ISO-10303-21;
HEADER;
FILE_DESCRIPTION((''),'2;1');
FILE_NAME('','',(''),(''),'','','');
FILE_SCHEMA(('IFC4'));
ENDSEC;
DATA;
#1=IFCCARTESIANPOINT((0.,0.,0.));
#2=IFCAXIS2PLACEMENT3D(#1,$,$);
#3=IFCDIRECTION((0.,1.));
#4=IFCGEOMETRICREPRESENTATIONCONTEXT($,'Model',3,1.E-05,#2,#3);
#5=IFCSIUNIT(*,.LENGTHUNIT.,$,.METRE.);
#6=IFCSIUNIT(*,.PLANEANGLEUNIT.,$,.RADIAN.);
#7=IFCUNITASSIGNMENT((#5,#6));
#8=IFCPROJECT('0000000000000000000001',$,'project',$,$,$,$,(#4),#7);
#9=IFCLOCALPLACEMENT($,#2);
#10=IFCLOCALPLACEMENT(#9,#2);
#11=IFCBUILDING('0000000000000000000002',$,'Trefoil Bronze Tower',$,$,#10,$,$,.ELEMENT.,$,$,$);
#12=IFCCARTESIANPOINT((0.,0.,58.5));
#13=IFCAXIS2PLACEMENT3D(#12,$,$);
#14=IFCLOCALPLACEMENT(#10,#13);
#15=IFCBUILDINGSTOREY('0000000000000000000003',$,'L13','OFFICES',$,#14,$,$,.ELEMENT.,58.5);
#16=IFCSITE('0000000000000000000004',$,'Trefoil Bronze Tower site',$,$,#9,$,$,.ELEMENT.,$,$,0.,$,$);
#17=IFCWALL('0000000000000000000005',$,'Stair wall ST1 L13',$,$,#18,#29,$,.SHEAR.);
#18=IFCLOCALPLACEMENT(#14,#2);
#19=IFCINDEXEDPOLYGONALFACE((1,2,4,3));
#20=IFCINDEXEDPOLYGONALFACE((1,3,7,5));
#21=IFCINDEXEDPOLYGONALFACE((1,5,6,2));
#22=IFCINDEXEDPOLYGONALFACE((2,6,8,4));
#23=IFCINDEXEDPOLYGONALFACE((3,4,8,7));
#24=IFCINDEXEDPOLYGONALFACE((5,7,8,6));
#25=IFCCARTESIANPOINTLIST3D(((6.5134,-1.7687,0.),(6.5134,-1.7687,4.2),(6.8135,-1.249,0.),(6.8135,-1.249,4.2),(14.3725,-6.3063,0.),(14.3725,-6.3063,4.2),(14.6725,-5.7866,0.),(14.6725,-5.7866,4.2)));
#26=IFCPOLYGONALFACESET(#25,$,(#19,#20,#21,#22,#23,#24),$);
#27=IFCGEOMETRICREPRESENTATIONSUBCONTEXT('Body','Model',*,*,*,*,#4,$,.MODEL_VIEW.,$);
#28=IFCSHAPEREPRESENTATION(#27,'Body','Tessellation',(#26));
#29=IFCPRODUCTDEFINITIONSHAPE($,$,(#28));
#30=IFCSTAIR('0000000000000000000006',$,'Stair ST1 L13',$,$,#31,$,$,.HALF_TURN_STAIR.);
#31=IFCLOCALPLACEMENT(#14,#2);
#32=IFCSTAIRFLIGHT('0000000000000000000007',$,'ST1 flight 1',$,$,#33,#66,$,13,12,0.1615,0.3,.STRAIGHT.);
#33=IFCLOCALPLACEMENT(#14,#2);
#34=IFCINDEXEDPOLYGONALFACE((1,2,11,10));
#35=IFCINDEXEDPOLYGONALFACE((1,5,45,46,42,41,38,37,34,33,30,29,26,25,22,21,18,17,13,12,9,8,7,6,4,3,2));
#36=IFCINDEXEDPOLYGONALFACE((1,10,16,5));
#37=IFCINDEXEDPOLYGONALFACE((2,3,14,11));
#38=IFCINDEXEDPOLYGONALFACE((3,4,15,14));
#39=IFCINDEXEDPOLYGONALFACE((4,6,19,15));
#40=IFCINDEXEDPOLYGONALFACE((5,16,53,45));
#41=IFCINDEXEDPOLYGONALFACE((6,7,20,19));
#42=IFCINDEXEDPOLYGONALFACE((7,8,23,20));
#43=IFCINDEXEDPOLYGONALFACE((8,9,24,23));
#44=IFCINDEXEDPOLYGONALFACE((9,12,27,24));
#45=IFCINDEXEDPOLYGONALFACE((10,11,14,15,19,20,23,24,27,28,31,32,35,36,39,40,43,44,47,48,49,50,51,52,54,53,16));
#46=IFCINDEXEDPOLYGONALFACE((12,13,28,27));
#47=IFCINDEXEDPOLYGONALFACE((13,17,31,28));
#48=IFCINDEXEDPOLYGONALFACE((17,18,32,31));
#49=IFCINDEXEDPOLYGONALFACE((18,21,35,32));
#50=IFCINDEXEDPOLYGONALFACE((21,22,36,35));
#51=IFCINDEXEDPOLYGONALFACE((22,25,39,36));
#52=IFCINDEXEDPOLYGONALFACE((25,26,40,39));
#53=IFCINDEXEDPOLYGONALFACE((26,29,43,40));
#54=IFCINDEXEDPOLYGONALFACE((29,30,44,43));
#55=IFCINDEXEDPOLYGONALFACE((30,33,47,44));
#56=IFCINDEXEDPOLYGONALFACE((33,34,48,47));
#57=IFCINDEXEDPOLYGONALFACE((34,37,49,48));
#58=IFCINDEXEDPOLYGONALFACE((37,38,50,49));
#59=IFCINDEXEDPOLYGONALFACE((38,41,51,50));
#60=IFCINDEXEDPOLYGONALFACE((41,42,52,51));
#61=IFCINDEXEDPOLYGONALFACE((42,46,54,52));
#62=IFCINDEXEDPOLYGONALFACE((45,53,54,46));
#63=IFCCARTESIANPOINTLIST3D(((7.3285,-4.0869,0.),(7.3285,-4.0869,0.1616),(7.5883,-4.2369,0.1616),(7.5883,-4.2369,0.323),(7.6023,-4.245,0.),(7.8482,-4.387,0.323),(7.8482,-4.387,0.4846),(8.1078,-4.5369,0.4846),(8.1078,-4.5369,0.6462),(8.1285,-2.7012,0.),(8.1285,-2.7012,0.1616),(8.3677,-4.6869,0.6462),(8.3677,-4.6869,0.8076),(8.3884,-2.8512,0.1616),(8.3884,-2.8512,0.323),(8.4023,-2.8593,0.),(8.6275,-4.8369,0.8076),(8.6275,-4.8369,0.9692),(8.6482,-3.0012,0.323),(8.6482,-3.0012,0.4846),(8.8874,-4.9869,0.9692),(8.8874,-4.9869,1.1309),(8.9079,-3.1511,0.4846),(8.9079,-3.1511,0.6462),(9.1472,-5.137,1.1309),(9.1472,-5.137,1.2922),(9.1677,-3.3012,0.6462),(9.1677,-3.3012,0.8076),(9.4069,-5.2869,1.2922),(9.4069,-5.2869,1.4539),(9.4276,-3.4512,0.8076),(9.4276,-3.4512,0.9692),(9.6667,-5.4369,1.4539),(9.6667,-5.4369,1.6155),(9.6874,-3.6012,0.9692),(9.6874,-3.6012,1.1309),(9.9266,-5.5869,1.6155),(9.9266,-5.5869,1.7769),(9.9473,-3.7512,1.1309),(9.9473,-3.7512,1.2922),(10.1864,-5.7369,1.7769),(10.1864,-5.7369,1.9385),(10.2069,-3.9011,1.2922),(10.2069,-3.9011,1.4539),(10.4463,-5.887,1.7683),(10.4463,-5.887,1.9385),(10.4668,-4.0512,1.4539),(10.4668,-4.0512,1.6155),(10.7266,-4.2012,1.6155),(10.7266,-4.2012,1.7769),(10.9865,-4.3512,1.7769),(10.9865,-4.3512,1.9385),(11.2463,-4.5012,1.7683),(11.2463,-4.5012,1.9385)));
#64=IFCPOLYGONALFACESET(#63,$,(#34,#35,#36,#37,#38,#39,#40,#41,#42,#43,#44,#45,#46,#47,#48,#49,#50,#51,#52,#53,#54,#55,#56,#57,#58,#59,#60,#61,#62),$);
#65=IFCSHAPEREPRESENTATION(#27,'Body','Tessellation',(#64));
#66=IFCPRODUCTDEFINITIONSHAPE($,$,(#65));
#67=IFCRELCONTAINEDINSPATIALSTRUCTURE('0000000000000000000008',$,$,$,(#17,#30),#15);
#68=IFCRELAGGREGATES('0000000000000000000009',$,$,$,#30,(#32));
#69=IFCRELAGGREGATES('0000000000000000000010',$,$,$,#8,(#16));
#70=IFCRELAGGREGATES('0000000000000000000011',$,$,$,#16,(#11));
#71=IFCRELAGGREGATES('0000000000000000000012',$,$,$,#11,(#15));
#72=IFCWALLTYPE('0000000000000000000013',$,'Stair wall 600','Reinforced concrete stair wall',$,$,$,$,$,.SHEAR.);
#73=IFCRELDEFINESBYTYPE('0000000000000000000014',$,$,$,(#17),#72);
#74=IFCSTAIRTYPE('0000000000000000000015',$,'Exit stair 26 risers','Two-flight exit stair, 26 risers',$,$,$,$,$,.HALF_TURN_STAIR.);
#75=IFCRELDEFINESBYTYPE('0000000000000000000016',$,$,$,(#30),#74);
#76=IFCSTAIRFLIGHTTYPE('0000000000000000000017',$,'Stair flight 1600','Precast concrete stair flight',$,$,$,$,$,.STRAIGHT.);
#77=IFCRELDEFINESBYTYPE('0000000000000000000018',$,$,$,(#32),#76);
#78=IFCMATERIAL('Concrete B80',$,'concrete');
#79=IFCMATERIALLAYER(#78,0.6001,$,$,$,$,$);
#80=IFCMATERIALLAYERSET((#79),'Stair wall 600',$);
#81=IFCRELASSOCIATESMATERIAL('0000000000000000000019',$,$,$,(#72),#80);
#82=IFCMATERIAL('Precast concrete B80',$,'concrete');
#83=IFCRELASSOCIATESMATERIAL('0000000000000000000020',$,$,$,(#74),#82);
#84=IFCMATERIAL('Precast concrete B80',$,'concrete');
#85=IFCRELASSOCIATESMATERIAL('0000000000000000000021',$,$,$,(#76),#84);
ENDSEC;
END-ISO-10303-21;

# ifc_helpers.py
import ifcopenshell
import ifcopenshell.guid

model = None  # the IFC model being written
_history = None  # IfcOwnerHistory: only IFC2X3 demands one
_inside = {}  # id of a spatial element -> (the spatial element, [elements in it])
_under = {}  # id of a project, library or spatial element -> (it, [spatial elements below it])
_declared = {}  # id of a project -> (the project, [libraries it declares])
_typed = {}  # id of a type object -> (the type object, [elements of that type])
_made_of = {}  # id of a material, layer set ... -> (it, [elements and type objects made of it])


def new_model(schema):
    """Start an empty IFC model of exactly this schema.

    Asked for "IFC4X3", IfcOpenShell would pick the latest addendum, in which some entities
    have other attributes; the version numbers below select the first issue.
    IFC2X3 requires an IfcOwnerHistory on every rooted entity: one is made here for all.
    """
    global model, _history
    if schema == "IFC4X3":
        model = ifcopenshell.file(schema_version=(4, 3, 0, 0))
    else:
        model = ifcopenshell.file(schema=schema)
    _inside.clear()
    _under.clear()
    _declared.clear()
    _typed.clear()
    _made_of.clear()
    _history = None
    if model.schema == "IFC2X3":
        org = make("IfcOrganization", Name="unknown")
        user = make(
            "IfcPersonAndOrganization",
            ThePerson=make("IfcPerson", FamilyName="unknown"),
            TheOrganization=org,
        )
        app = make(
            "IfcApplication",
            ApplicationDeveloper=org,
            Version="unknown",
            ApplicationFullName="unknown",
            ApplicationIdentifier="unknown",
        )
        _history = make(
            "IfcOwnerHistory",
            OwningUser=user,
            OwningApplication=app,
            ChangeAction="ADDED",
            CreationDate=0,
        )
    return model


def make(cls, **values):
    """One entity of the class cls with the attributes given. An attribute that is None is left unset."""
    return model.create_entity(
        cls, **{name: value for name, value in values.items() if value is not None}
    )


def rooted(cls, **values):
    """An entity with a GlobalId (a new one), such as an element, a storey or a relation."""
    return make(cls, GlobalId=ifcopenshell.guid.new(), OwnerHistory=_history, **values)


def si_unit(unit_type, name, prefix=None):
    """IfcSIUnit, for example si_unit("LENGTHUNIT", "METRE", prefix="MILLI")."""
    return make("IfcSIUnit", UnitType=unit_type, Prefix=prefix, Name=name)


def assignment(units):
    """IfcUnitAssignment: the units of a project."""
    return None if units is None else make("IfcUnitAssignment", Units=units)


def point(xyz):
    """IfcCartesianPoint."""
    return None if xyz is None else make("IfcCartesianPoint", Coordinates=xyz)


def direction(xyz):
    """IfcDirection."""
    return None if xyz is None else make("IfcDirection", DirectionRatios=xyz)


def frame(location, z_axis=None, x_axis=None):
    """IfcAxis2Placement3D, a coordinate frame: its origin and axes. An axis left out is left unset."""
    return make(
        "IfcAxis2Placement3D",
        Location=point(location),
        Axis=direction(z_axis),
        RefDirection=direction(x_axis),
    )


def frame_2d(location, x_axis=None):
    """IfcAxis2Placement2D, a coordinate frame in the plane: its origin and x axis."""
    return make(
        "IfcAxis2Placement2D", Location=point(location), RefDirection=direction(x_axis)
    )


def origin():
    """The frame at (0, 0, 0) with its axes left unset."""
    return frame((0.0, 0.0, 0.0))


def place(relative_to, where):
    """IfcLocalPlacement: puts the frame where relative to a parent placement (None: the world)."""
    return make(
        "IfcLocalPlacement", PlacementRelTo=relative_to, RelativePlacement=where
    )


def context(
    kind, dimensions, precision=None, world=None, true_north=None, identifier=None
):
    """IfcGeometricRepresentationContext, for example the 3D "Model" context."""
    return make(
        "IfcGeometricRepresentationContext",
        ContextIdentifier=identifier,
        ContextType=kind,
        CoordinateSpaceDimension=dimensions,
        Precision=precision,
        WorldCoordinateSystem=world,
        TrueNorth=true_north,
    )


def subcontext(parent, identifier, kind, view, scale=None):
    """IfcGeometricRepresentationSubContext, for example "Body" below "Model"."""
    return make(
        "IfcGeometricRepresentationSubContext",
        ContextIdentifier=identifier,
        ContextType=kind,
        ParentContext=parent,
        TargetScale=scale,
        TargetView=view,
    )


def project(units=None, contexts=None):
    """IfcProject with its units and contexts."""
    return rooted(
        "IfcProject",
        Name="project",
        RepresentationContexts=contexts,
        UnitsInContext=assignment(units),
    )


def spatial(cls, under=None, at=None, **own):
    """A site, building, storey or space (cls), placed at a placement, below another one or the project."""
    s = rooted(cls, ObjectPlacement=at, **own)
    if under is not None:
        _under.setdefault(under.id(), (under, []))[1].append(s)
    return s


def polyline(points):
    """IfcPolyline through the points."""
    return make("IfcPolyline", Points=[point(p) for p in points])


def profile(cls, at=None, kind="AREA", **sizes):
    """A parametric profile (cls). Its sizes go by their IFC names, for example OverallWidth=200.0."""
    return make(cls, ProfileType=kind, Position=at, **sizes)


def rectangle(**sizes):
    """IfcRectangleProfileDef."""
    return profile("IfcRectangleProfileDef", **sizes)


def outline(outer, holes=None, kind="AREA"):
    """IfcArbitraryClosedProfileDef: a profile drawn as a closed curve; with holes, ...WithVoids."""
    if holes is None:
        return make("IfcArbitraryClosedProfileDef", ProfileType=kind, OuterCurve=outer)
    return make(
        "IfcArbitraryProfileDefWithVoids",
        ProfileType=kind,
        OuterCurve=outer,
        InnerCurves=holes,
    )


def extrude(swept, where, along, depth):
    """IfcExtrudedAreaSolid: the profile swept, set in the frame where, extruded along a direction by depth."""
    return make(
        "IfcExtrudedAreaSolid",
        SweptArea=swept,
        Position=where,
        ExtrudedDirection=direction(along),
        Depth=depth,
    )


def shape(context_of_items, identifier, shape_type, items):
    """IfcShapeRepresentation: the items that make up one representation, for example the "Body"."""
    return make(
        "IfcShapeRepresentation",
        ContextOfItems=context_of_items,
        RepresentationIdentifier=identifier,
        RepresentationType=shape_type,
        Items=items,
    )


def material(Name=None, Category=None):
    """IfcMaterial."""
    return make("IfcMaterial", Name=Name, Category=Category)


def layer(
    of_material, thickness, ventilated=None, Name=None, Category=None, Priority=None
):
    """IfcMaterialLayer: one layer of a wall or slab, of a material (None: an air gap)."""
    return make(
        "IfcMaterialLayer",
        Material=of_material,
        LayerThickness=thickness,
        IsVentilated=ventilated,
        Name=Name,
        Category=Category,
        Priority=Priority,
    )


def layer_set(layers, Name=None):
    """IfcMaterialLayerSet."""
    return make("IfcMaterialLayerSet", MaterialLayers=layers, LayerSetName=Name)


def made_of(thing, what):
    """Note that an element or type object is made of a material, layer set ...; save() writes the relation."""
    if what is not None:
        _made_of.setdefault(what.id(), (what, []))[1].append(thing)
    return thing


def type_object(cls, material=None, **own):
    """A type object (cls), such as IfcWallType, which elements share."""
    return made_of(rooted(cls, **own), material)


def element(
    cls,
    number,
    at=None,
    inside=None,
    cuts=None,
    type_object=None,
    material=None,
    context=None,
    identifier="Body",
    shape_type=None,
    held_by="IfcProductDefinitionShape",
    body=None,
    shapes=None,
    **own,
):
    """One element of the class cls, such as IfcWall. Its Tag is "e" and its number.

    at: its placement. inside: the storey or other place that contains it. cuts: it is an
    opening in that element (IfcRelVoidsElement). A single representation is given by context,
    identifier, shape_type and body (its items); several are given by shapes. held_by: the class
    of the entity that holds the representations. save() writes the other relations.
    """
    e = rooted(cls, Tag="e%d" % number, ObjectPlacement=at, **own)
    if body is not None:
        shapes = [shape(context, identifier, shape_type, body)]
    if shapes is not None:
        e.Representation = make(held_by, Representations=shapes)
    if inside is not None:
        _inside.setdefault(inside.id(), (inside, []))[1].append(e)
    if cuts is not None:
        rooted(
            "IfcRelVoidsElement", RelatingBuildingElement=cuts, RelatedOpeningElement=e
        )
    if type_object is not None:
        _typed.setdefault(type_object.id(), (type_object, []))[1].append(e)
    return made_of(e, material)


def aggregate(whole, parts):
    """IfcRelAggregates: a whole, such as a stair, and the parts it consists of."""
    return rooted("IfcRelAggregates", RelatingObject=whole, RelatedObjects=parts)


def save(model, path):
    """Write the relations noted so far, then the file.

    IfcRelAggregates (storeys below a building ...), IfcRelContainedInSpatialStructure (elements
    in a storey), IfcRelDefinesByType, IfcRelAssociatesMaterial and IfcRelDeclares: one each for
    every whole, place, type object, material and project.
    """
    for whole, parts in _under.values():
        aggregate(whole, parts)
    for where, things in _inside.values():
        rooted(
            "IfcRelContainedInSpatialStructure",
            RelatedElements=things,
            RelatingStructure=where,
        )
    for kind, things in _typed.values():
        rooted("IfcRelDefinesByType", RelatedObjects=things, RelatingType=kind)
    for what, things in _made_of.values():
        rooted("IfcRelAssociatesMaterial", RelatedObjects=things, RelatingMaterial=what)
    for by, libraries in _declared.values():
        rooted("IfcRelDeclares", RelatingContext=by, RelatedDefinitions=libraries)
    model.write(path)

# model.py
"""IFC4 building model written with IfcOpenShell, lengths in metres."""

from ifc_helpers import new_model, si_unit, direction, frame, frame_2d, origin, place, context, subcontext, project, spatial, polyline, rectangle, outline, extrude, material, layer, layer_set, type_object, element, aggregate, save


model = new_model("IFC4")

# Units and contexts
model_context = context("Model", 3, precision=1e-05, world=origin(), true_north=direction((0.0, 1.0)))
body_context = subcontext(model_context, "Body", "Model", "MODEL_VIEW")
ifc_project = project(units=[si_unit("LENGTHUNIT", "METRE"), si_unit("PLANEANGLEUNIT", "RADIAN")], contexts=[model_context])

# Site, building, storey
site_placement = place(None, origin())
site = spatial("IfcSite", under=ifc_project, at=site_placement, Name="Trefoil Bronze Tower site", CompositionType="ELEMENT", RefElevation=0.0)
building_placement = place(site_placement, origin())
building = spatial("IfcBuilding", under=site, at=building_placement, Name="Trefoil Bronze Tower", CompositionType="ELEMENT")
storey_placement = place(building_placement, frame((0.0, 0.0, 58.5)))
storey = spatial("IfcBuildingStorey", under=building, at=storey_placement, Name="L13", Description="OFFICES", CompositionType="ELEMENT", Elevation=58.5)

# Wall
ifc_material_1 = material(Name="Concrete B80", Category="concrete")
ifc_layer_1 = layer(ifc_material_1, 0.6001)
ifc_layer_set_1 = layer_set([ifc_layer_1], Name="Stair wall 600")
wall_type_1 = type_object("IfcWallType", Name="Stair wall 600", Description="Reinforced concrete stair wall", PredefinedType="SHEAR", material=ifc_layer_set_1)
for number, where, z_axis, x_axis, name in (
    (1, (6.6633, -1.5088, 0.0), (0.0, 0.0, 1.0), (0.866019, -0.50001, 0.0), "Stair wall ST1 L13"),
):
    element("IfcWall", number, at=place(storey_placement, frame(where, z_axis=z_axis, x_axis=x_axis)), inside=storey, type_object=wall_type_1, Name=name, PredefinedType="SHEAR", context=body_context, shape_type="SweptSolid", body=[
        extrude(rectangle(XDim=9.075, YDim=0.6001, at=frame_2d((4.5376, 0.0))), origin(), (0.0, 0.0, 1.0), 4.2),
    ])

# Stair, stair flight
ifc_material_2 = material(Name="Precast concrete B80", Category="concrete")
stair_type = type_object("IfcStairType", Name="Exit stair 26 risers", Description="Two-flight exit stair, 26 risers", PredefinedType="HALF_TURN_STAIR", material=ifc_material_2)
stair_placement = place(storey_placement, origin())
stair = element("IfcStair", 2, at=stair_placement, inside=storey, type_object=stair_type, Name="Stair ST1 L13", PredefinedType="HALF_TURN_STAIR")
ifc_material_3 = material(Name="Precast concrete B80", Category="concrete")
stair_flight_type = type_object("IfcStairFlightType", Name="Stair flight 1600", Description="Precast concrete stair flight", PredefinedType="STRAIGHT", material=ifc_material_3)
stair_flight_placement = place(storey_placement, frame((7.7285, -3.394, 0.0), z_axis=(0.0, 0.0, 1.0), x_axis=(0.866025, -0.5, 0.0)))
stair_flight = element("IfcStairFlight", 3, at=stair_flight_placement, type_object=stair_flight_type, Name="ST1 flight 1", NumberOfRisers=13, NumberOfTreads=12, PredefinedType="STRAIGHT", RiserHeight=0.1615, TreadLength=0.3, context=body_context, shape_type="SweptSolid", body=[
    extrude(outline(polyline([(0.0, 0.0), (0.0, 0.1616), (0.3, 0.1616), (0.3, 0.323), (0.6001, 0.323), (0.6001, 0.4846), (0.8999, 0.4846), (0.8999, 0.6462), (1.2, 0.6462), (1.2, 0.8076), (1.5, 0.8076), (1.5, 0.9692), (1.8, 0.9692), (1.8, 1.1309), (2.1001, 1.1309), (2.1001, 1.2922), (2.3999, 1.2922), (2.3999, 1.4539), (2.7, 1.4539), (2.7, 1.6155), (3.0, 1.6155), (3.0, 1.7769), (3.3, 1.7769), (3.3, 1.9385), (3.6001, 1.9385), (3.6001, 2.1001), (3.6001, 1.7683), (0.3162, 0.0), (0.0, 0.0)])), frame((0.0, 0.8, 0.0), z_axis=(0.0, -1.0, 0.0), x_axis=(1.0, 0.0, 0.0)), (0.0, 0.0, 1.0), 1.6001),
])
aggregate(stair, [stair_flight])

save(model, "model.ifc")
